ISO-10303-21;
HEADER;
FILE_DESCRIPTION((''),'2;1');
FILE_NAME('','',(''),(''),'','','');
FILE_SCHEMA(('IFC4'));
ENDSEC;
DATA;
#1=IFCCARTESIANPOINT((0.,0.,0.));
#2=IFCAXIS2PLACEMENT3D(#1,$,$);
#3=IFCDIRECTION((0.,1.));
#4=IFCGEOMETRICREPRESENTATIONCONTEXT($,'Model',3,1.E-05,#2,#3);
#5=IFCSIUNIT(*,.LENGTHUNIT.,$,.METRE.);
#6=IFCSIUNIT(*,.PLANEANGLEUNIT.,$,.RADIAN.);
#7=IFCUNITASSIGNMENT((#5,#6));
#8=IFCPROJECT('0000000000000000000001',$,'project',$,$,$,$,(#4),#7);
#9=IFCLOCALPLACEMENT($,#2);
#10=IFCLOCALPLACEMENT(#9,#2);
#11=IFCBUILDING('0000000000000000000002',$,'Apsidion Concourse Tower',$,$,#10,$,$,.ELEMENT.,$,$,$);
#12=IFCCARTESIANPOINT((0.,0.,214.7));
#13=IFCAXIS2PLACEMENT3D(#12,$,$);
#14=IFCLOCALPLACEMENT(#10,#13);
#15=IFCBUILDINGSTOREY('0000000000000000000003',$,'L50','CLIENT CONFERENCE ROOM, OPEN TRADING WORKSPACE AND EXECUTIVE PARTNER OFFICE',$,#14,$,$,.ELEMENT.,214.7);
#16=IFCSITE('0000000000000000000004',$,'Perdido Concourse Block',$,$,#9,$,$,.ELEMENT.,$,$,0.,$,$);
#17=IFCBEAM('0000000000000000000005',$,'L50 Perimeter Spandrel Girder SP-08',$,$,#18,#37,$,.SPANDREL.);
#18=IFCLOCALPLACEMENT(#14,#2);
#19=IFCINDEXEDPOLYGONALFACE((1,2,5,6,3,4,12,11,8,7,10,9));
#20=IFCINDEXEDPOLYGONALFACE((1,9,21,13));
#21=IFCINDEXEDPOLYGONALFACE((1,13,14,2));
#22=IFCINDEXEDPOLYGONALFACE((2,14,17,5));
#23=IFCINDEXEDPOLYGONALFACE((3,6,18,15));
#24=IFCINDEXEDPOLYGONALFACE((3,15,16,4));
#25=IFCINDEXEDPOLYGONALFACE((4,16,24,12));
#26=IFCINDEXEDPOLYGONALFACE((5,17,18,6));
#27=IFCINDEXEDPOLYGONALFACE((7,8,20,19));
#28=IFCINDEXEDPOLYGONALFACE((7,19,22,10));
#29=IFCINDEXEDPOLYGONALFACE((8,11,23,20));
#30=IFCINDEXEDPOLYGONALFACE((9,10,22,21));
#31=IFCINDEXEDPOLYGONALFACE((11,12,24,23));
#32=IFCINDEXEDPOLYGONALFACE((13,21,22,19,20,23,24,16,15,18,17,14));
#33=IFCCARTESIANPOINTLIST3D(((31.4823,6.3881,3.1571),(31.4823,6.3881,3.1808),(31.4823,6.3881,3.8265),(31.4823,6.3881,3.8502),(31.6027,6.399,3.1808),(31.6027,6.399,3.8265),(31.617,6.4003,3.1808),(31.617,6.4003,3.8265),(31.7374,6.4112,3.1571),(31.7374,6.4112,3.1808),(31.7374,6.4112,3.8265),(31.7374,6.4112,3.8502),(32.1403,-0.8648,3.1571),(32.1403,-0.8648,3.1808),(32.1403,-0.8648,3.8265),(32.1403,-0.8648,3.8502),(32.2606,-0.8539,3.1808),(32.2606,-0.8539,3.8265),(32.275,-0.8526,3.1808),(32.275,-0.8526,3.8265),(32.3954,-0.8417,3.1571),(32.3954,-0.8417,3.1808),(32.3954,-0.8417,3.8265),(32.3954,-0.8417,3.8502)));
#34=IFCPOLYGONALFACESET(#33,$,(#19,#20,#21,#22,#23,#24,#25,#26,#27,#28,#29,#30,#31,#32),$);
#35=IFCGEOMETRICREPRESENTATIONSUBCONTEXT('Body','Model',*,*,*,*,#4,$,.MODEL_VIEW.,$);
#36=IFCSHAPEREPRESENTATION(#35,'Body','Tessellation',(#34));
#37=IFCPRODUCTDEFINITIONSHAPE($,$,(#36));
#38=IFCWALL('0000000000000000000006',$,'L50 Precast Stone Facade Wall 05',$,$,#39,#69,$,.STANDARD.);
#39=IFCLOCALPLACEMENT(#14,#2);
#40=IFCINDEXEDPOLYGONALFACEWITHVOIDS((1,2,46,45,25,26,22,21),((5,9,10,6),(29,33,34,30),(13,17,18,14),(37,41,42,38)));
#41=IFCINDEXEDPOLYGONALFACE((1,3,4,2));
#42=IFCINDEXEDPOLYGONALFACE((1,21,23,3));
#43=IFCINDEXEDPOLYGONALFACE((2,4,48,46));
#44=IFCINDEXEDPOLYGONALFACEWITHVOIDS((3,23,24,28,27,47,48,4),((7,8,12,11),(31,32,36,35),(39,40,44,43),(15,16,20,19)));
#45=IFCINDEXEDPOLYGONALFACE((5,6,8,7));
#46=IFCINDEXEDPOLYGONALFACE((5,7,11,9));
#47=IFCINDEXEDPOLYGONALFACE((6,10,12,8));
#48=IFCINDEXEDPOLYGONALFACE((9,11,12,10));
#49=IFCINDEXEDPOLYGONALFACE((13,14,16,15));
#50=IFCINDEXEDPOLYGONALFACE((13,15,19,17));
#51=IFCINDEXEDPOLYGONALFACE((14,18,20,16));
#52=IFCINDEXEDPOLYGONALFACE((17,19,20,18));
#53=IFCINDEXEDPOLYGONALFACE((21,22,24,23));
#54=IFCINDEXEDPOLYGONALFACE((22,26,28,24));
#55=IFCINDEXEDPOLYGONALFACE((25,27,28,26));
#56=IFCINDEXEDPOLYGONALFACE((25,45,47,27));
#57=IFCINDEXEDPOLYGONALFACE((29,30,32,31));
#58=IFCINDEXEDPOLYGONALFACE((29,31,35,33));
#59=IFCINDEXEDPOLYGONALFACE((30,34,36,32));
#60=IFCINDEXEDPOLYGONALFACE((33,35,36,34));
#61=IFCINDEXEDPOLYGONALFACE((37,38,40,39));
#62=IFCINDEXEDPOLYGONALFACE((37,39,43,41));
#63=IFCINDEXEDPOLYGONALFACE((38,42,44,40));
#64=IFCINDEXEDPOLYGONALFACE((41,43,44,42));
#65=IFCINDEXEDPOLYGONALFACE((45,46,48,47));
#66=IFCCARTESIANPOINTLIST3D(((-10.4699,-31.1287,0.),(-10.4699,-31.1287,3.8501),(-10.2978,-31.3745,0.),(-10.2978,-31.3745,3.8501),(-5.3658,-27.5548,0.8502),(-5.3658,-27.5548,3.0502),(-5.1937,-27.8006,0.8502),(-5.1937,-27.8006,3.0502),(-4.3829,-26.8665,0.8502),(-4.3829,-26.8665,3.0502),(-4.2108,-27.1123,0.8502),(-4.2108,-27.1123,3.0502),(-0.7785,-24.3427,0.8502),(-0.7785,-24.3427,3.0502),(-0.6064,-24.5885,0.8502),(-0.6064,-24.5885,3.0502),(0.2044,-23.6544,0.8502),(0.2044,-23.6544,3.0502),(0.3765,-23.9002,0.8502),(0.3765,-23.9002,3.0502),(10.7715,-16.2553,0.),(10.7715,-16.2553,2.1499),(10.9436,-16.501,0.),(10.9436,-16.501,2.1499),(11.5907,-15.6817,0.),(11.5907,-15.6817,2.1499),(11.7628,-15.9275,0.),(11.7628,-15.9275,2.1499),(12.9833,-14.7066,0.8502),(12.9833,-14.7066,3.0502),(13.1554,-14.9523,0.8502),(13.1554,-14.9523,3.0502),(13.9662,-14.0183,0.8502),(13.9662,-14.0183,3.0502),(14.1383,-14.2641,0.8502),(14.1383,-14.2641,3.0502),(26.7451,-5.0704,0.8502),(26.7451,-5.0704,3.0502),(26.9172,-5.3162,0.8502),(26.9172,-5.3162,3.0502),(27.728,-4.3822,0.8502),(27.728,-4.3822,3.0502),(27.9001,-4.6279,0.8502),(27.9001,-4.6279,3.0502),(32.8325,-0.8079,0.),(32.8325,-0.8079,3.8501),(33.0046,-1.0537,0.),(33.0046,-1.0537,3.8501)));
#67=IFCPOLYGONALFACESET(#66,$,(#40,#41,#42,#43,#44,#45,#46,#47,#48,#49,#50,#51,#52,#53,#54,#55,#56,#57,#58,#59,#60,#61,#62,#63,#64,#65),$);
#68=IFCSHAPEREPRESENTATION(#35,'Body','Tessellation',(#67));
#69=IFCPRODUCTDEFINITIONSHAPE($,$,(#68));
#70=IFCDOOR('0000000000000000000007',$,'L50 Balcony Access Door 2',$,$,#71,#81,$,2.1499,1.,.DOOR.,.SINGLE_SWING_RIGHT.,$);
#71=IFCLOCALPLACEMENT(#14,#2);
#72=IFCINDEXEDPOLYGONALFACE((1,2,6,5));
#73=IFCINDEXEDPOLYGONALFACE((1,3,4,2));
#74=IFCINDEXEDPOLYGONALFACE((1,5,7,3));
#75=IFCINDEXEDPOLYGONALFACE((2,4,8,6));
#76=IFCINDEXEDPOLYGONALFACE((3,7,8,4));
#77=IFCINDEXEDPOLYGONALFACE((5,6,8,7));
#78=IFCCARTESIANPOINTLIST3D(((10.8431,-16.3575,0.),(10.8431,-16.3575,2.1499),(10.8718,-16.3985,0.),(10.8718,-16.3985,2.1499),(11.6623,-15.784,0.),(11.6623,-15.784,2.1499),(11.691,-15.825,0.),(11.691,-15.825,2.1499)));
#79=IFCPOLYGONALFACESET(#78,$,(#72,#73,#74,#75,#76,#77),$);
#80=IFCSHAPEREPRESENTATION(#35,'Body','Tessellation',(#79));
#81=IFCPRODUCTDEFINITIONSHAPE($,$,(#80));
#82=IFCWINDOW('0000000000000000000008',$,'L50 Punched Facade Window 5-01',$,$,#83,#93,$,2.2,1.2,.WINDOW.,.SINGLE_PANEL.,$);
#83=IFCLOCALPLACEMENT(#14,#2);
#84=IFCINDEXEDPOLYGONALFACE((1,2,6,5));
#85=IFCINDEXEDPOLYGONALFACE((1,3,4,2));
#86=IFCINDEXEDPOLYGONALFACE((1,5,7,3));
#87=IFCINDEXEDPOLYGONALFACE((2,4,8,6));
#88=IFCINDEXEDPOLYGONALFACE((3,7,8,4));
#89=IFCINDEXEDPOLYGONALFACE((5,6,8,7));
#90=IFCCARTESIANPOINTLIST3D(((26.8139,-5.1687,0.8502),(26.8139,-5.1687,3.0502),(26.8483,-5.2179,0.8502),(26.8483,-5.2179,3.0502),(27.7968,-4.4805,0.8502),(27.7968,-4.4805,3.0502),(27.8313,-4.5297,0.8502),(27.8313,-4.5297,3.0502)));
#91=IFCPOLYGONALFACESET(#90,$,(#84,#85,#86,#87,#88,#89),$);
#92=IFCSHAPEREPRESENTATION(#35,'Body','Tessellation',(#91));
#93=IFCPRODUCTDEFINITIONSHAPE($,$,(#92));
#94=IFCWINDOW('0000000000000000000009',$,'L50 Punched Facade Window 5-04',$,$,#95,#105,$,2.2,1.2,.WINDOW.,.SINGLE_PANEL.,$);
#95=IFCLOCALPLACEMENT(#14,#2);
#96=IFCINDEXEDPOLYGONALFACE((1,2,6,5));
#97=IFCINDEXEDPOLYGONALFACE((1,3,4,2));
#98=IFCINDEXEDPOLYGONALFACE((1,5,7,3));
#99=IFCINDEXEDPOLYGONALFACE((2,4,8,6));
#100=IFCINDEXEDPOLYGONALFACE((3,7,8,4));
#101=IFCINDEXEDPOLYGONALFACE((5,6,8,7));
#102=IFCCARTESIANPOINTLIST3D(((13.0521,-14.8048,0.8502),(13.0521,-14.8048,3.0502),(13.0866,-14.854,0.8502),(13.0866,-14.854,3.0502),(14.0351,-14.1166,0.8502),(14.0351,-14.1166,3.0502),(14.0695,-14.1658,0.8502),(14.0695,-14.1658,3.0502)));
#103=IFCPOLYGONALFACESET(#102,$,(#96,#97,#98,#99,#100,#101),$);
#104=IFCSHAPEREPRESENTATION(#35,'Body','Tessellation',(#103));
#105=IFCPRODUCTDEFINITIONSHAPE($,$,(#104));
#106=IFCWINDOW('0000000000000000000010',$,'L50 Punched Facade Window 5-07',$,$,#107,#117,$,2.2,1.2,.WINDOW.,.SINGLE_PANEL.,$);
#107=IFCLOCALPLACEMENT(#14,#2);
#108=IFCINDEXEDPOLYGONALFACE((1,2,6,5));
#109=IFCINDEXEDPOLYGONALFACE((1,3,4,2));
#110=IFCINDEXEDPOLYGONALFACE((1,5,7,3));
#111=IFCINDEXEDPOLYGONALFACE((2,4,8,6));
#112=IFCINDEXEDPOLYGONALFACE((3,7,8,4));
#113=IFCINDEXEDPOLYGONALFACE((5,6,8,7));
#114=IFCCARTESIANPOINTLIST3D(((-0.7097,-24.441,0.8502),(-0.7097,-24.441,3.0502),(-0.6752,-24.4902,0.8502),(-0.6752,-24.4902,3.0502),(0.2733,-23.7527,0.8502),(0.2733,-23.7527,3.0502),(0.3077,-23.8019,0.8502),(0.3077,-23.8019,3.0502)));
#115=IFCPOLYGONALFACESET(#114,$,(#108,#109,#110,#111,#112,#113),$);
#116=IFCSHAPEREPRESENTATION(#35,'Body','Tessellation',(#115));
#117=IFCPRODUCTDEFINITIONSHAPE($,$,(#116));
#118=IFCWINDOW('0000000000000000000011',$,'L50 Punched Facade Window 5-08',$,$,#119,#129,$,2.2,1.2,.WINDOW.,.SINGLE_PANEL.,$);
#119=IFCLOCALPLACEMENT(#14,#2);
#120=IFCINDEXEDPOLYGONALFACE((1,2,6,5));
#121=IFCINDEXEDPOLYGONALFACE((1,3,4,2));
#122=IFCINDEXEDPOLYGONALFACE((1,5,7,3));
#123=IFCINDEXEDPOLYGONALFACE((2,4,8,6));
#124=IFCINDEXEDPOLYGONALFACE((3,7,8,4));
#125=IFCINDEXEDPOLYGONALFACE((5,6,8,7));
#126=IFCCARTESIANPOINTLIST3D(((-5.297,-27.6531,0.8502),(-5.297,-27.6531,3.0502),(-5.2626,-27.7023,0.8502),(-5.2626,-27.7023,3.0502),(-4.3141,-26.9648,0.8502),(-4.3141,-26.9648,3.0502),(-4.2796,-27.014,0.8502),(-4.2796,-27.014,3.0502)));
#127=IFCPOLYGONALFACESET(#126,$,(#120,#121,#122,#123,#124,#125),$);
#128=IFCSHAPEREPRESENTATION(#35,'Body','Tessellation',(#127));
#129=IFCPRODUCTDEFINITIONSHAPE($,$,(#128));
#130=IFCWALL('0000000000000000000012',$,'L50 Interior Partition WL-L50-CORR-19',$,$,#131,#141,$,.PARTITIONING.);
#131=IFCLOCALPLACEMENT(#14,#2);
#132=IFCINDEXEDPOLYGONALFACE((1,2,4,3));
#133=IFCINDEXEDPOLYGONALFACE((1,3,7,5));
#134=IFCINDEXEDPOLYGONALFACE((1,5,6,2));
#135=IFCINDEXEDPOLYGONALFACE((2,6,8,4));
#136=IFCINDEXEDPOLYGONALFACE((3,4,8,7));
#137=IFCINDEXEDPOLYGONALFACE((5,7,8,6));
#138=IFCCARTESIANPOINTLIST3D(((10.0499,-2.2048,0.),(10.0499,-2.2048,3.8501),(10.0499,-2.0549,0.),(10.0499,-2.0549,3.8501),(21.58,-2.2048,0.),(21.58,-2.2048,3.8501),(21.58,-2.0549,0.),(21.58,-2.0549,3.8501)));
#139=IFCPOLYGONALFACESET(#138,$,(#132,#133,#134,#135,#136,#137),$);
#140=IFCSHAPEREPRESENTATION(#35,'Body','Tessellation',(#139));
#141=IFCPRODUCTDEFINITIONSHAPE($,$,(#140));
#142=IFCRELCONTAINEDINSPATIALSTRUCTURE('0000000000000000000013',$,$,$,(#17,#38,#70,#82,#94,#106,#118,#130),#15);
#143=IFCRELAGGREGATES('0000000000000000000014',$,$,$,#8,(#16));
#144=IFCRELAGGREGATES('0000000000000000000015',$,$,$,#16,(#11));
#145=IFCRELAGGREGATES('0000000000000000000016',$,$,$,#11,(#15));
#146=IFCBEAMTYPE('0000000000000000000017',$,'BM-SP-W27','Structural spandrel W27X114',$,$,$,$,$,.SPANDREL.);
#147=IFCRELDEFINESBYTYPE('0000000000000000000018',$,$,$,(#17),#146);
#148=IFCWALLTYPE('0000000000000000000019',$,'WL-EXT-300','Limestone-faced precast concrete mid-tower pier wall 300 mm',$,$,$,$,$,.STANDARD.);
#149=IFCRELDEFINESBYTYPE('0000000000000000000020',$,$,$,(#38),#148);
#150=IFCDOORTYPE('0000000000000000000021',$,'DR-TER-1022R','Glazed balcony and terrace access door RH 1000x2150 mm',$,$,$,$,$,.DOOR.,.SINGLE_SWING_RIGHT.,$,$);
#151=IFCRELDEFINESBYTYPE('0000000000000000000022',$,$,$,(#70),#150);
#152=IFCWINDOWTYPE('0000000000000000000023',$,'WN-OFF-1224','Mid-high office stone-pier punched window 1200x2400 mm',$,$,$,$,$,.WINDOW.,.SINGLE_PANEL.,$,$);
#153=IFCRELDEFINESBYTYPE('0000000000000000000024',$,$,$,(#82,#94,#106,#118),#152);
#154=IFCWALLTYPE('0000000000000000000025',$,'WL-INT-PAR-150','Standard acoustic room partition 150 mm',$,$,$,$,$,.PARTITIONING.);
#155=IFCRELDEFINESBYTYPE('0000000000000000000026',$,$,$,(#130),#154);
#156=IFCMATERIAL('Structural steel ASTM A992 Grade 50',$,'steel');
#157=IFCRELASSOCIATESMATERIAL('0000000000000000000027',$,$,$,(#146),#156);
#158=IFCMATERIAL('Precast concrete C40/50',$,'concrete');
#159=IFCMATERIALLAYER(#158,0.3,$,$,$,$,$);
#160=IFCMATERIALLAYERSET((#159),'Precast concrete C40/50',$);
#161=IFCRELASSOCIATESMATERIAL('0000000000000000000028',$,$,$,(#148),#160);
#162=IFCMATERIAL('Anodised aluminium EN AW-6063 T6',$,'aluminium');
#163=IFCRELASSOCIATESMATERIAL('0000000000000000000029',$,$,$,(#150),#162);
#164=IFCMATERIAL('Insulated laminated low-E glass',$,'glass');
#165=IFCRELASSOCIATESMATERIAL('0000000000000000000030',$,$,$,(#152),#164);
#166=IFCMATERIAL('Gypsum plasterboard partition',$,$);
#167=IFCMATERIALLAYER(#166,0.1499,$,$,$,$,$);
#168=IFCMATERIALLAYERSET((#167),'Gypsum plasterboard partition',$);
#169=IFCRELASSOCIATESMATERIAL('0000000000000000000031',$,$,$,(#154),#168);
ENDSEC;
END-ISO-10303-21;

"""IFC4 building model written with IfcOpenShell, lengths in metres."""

from ifc_helpers import new_model, si_unit, direction, frame, frame_2d, origin, origin_2d, place, context, subcontext, project, spatial, rectangle, i_section, extrude, material, layer, layer_set, material_profile, profile_set, type_object, element, fill, save


model = new_model("IFC4")

# Units and contexts
model_context = context("Model", 3, precision=1e-05, world=origin(), true_north=direction((0.0, 1.0)))
body_context = subcontext(model_context, "Body", "Model", "MODEL_VIEW")
ifc_project = project(units=[si_unit("LENGTHUNIT", "METRE"), si_unit("PLANEANGLEUNIT", "RADIAN")], contexts=[model_context])

# Site, building, storey
site_placement = place(None, origin())
site = spatial("IfcSite", under=ifc_project, at=site_placement, Name="Perdido Concourse Block", CompositionType="ELEMENT", RefElevation=0.0)
building_placement = place(site_placement, origin())
building = spatial("IfcBuilding", under=site, at=building_placement, Name="Apsidion Concourse Tower", CompositionType="ELEMENT")
storey_placement = place(building_placement, frame((0.0, 0.0, 214.7)))
storey = spatial("IfcBuildingStorey", under=building, at=storey_placement, Name="L50", Description="CLIENT CONFERENCE ROOM, OPEN TRADING WORKSPACE AND EXECUTIVE PARTNER OFFICE", CompositionType="ELEMENT", Elevation=214.7)

# Shared definitions
ifc_material_1 = material(Name="Structural steel ASTM A992 Grade 50", Category="steel")

# Beam
ifc_material_profile_1 = material_profile(ifc_material_1, i_section(OverallWidth=0.2561, OverallDepth=0.6931, WebThickness=0.0144, FlangeThickness=0.0237, at=origin_2d()), Name="W27X114")
ifc_profile_set_1 = profile_set([ifc_material_profile_1], Name="Structural steel ASTM A992 Grade 50")
beam_type_1 = type_object("IfcBeamType", Name="BM-SP-W27", Description="Structural spandrel W27X114", PredefinedType="SPANDREL", material=ifc_profile_set_1)
beam_1_placement = place(storey_placement, frame((32.2678, -0.8533, 3.5037), z_axis=(-0.090345, 0.99591, 0.0), x_axis=(-0.99591, -0.090345, 0.0)))
element("IfcBeam", 1, at=beam_1_placement, inside=storey, type_object=beam_type_1, Name="L50 Perimeter Spandrel Girder SP-08", PredefinedType="SPANDREL", context=body_context, shape_type="SweptSolid", body=[
    extrude(i_section(OverallWidth=0.2561, OverallDepth=0.6931, WebThickness=0.0144, FlangeThickness=0.0237, at=origin_2d()), origin(), (0.0, 0.0, 1.0), 7.2827),
])

# Wall, openings, door, windows
ifc_material_2 = material(Name="Precast concrete C40/50", Category="concrete")
ifc_layer_1 = layer(ifc_material_2, 0.3)
ifc_layer_set_1 = layer_set([ifc_layer_1], Name="Precast concrete C40/50")
wall_type_1 = type_object("IfcWallType", Name="WL-EXT-300", Description="Limestone-faced precast concrete mid-tower pier wall 300 mm", PredefinedType="STANDARD", material=ifc_layer_set_1)
wall_1_placement = place(storey_placement, frame((32.9185, -0.9309, 0.0), z_axis=(0.0, 0.0, 1.0), x_axis=(-0.819151, -0.573577, 0.0)))
wall_1 = element("IfcWall", 2, at=wall_1_placement, inside=storey, type_object=wall_type_1, Name="L50 Precast Stone Facade Wall 05", PredefinedType="STANDARD", context=body_context, shape_type="SweptSolid", body=[
    extrude(rectangle(XDim=52.8625, YDim=0.3, at=frame_2d((26.4312, 0.0))), origin(), (0.0, 0.0, 1.0), 3.8501),
])
opening_1_placement = place(wall_1_placement, frame((25.9314, 0.0, 0.0)))
opening_1 = element("IfcOpeningElement", 3, at=opening_1_placement, cuts=wall_1, PredefinedType="OPENING", context=body_context, shape_type="SweptSolid", body=[
    extrude(rectangle(XDim=1.0, YDim=2.1499, at=frame_2d((0.5, 1.075))), frame((0.0, 0.1602, 0.0), z_axis=(0.0, -1.0, 0.0), x_axis=(1.0, 0.0, 0.0)), (0.0, 0.0, 1.0), 0.3201),
])
opening_2_placement = place(wall_1_placement, frame((6.2312, 0.0, 0.8501)))
opening_2 = element("IfcOpeningElement", 4, at=opening_2_placement, cuts=wall_1, PredefinedType="OPENING", context=body_context, shape_type="SweptSolid", body=[
    extrude(rectangle(XDim=1.2, YDim=2.2, at=frame_2d((0.6001, 1.1001))), frame((0.0, 0.1602, 0.0), z_axis=(0.0, -1.0, 0.0), x_axis=(1.0, 0.0, 0.0)), (0.0, 0.0, 1.0), 0.3201),
])
opening_3_placement = place(wall_1_placement, frame((23.0312, 0.0, 0.8501)))
opening_3 = element("IfcOpeningElement", 5, at=opening_3_placement, cuts=wall_1, PredefinedType="OPENING", context=body_context, shape_type="SweptSolid", body=[
    extrude(rectangle(XDim=1.2, YDim=2.2, at=frame_2d((0.6001, 1.1001))), frame((0.0, 0.1602, 0.0), z_axis=(0.0, -1.0, 0.0), x_axis=(1.0, 0.0, 0.0)), (0.0, 0.0, 1.0), 0.3201),
])
opening_4_placement = place(wall_1_placement, frame((39.8313, 0.0, 0.8501)))
opening_4 = element("IfcOpeningElement", 6, at=opening_4_placement, cuts=wall_1, PredefinedType="OPENING", context=body_context, shape_type="SweptSolid", body=[
    extrude(rectangle(XDim=1.2, YDim=2.2, at=frame_2d((0.6001, 1.1001))), frame((0.0, 0.1602, 0.0), z_axis=(0.0, -1.0, 0.0), x_axis=(1.0, 0.0, 0.0)), (0.0, 0.0, 1.0), 0.3201),
])
opening_5_placement = place(wall_1_placement, frame((45.4314, 0.0, 0.8501)))
opening_5 = element("IfcOpeningElement", 7, at=opening_5_placement, cuts=wall_1, PredefinedType="OPENING", context=body_context, shape_type="SweptSolid", body=[
    extrude(rectangle(XDim=1.2, YDim=2.2, at=frame_2d((0.6001, 1.1001))), frame((0.0, 0.1602, 0.0), z_axis=(0.0, -1.0, 0.0), x_axis=(1.0, 0.0, 0.0)), (0.0, 0.0, 1.0), 0.3201),
])
ifc_material_3 = material(Name="Anodised aluminium EN AW-6063 T6", Category="aluminium")
door_type = type_object("IfcDoorType", Name="DR-TER-1022R", Description="Glazed balcony and terrace access door RH 1000x2150 mm", OperationType="SINGLE_SWING_RIGHT", PredefinedType="DOOR", material=ifc_material_3)
door_placement = place(opening_1_placement, origin())
door = element("IfcDoor", 8, at=door_placement, inside=storey, type_object=door_type, Name="L50 Balcony Access Door 2", OperationType="SINGLE_SWING_RIGHT", OverallHeight=2.1499, OverallWidth=1.0, PredefinedType="DOOR", context=body_context, shape_type="SweptSolid", body=[
    extrude(rectangle(XDim=1.0, YDim=2.1499, at=frame_2d((0.5, 1.075))), frame((0.0, 0.0249, 0.0), z_axis=(0.0, -1.0, 0.0), x_axis=(1.0, 0.0, 0.0)), (0.0, 0.0, 1.0), 0.05),
])
fill(opening_1, door)
ifc_material_4 = material(Name="Insulated laminated low-E glass", Category="glass")
window_type = type_object("IfcWindowType", Name="WN-OFF-1224", Description="Mid-high office stone-pier punched window 1200x2400 mm", PartitioningType="SINGLE_PANEL", PredefinedType="WINDOW", material=ifc_material_4)
window_1_placement = place(opening_2_placement, origin())
window_1 = element("IfcWindow", 9, at=window_1_placement, inside=storey, type_object=window_type, Name="L50 Punched Facade Window 5-01", OverallHeight=2.2, OverallWidth=1.2, PartitioningType="SINGLE_PANEL", PredefinedType="WINDOW", context=body_context, shape_type="SweptSolid", body=[
    extrude(rectangle(XDim=1.2, YDim=2.2, at=frame_2d((0.6001, 1.1001))), frame((0.0, 0.03, 0.0), z_axis=(0.0, -1.0, 0.0), x_axis=(1.0, 0.0, 0.0)), (0.0, 0.0, 1.0), 0.0601),
])
fill(opening_2, window_1)
window_2_placement = place(opening_3_placement, origin())
window_2 = element("IfcWindow", 10, at=window_2_placement, inside=storey, type_object=window_type, Name="L50 Punched Facade Window 5-04", OverallHeight=2.2, OverallWidth=1.2, PartitioningType="SINGLE_PANEL", PredefinedType="WINDOW", context=body_context, shape_type="SweptSolid", body=[
    extrude(rectangle(XDim=1.2, YDim=2.2, at=frame_2d((0.6001, 1.1001))), frame((0.0, 0.03, 0.0), z_axis=(0.0, -1.0, 0.0), x_axis=(1.0, 0.0, 0.0)), (0.0, 0.0, 1.0), 0.0601),
])
fill(opening_3, window_2)
window_3_placement = place(opening_4_placement, origin())
window_3 = element("IfcWindow", 11, at=window_3_placement, inside=storey, type_object=window_type, Name="L50 Punched Facade Window 5-07", OverallHeight=2.2, OverallWidth=1.2, PartitioningType="SINGLE_PANEL", PredefinedType="WINDOW", context=body_context, shape_type="SweptSolid", body=[
    extrude(rectangle(XDim=1.2, YDim=2.2, at=frame_2d((0.6001, 1.1001))), frame((0.0, 0.03, 0.0), z_axis=(0.0, -1.0, 0.0), x_axis=(1.0, 0.0, 0.0)), (0.0, 0.0, 1.0), 0.0601),
])
fill(opening_4, window_3)
window_4_placement = place(opening_5_placement, origin())
window_4 = element("IfcWindow", 12, at=window_4_placement, inside=storey, type_object=window_type, Name="L50 Punched Facade Window 5-08", OverallHeight=2.2, OverallWidth=1.2, PartitioningType="SINGLE_PANEL", PredefinedType="WINDOW", context=body_context, shape_type="SweptSolid", body=[
    extrude(rectangle(XDim=1.2, YDim=2.2, at=frame_2d((0.6001, 1.1001))), frame((0.0, 0.03, 0.0), z_axis=(0.0, -1.0, 0.0), x_axis=(1.0, 0.0, 0.0)), (0.0, 0.0, 1.0), 0.0601),
])
fill(opening_5, window_4)

# Wall
ifc_material_5 = material(Name="Gypsum plasterboard partition")
ifc_layer_2 = layer(ifc_material_5, 0.1499)
ifc_layer_set_2 = layer_set([ifc_layer_2], Name="Gypsum plasterboard partition")
wall_type_2 = type_object("IfcWallType", Name="WL-INT-PAR-150", Description="Standard acoustic room partition 150 mm", PredefinedType="PARTITIONING", material=ifc_layer_set_2)
wall_2_placement = place(storey_placement, frame((21.5801, -2.1299, 0.0), z_axis=(0.0, 0.0, 1.0), x_axis=(-1.0, 0.0, 0.0)))
element("IfcWall", 13, at=wall_2_placement, inside=storey, type_object=wall_type_2, Name="L50 Interior Partition WL-L50-CORR-19", PredefinedType="PARTITIONING", context=body_context, shape_type="SweptSolid", body=[
    extrude(rectangle(XDim=11.53, YDim=0.1499, at=frame_2d((5.7651, 0.0))), origin(), (0.0, 0.0, 1.0), 3.8501),
])

save(model, "model.ifc")
